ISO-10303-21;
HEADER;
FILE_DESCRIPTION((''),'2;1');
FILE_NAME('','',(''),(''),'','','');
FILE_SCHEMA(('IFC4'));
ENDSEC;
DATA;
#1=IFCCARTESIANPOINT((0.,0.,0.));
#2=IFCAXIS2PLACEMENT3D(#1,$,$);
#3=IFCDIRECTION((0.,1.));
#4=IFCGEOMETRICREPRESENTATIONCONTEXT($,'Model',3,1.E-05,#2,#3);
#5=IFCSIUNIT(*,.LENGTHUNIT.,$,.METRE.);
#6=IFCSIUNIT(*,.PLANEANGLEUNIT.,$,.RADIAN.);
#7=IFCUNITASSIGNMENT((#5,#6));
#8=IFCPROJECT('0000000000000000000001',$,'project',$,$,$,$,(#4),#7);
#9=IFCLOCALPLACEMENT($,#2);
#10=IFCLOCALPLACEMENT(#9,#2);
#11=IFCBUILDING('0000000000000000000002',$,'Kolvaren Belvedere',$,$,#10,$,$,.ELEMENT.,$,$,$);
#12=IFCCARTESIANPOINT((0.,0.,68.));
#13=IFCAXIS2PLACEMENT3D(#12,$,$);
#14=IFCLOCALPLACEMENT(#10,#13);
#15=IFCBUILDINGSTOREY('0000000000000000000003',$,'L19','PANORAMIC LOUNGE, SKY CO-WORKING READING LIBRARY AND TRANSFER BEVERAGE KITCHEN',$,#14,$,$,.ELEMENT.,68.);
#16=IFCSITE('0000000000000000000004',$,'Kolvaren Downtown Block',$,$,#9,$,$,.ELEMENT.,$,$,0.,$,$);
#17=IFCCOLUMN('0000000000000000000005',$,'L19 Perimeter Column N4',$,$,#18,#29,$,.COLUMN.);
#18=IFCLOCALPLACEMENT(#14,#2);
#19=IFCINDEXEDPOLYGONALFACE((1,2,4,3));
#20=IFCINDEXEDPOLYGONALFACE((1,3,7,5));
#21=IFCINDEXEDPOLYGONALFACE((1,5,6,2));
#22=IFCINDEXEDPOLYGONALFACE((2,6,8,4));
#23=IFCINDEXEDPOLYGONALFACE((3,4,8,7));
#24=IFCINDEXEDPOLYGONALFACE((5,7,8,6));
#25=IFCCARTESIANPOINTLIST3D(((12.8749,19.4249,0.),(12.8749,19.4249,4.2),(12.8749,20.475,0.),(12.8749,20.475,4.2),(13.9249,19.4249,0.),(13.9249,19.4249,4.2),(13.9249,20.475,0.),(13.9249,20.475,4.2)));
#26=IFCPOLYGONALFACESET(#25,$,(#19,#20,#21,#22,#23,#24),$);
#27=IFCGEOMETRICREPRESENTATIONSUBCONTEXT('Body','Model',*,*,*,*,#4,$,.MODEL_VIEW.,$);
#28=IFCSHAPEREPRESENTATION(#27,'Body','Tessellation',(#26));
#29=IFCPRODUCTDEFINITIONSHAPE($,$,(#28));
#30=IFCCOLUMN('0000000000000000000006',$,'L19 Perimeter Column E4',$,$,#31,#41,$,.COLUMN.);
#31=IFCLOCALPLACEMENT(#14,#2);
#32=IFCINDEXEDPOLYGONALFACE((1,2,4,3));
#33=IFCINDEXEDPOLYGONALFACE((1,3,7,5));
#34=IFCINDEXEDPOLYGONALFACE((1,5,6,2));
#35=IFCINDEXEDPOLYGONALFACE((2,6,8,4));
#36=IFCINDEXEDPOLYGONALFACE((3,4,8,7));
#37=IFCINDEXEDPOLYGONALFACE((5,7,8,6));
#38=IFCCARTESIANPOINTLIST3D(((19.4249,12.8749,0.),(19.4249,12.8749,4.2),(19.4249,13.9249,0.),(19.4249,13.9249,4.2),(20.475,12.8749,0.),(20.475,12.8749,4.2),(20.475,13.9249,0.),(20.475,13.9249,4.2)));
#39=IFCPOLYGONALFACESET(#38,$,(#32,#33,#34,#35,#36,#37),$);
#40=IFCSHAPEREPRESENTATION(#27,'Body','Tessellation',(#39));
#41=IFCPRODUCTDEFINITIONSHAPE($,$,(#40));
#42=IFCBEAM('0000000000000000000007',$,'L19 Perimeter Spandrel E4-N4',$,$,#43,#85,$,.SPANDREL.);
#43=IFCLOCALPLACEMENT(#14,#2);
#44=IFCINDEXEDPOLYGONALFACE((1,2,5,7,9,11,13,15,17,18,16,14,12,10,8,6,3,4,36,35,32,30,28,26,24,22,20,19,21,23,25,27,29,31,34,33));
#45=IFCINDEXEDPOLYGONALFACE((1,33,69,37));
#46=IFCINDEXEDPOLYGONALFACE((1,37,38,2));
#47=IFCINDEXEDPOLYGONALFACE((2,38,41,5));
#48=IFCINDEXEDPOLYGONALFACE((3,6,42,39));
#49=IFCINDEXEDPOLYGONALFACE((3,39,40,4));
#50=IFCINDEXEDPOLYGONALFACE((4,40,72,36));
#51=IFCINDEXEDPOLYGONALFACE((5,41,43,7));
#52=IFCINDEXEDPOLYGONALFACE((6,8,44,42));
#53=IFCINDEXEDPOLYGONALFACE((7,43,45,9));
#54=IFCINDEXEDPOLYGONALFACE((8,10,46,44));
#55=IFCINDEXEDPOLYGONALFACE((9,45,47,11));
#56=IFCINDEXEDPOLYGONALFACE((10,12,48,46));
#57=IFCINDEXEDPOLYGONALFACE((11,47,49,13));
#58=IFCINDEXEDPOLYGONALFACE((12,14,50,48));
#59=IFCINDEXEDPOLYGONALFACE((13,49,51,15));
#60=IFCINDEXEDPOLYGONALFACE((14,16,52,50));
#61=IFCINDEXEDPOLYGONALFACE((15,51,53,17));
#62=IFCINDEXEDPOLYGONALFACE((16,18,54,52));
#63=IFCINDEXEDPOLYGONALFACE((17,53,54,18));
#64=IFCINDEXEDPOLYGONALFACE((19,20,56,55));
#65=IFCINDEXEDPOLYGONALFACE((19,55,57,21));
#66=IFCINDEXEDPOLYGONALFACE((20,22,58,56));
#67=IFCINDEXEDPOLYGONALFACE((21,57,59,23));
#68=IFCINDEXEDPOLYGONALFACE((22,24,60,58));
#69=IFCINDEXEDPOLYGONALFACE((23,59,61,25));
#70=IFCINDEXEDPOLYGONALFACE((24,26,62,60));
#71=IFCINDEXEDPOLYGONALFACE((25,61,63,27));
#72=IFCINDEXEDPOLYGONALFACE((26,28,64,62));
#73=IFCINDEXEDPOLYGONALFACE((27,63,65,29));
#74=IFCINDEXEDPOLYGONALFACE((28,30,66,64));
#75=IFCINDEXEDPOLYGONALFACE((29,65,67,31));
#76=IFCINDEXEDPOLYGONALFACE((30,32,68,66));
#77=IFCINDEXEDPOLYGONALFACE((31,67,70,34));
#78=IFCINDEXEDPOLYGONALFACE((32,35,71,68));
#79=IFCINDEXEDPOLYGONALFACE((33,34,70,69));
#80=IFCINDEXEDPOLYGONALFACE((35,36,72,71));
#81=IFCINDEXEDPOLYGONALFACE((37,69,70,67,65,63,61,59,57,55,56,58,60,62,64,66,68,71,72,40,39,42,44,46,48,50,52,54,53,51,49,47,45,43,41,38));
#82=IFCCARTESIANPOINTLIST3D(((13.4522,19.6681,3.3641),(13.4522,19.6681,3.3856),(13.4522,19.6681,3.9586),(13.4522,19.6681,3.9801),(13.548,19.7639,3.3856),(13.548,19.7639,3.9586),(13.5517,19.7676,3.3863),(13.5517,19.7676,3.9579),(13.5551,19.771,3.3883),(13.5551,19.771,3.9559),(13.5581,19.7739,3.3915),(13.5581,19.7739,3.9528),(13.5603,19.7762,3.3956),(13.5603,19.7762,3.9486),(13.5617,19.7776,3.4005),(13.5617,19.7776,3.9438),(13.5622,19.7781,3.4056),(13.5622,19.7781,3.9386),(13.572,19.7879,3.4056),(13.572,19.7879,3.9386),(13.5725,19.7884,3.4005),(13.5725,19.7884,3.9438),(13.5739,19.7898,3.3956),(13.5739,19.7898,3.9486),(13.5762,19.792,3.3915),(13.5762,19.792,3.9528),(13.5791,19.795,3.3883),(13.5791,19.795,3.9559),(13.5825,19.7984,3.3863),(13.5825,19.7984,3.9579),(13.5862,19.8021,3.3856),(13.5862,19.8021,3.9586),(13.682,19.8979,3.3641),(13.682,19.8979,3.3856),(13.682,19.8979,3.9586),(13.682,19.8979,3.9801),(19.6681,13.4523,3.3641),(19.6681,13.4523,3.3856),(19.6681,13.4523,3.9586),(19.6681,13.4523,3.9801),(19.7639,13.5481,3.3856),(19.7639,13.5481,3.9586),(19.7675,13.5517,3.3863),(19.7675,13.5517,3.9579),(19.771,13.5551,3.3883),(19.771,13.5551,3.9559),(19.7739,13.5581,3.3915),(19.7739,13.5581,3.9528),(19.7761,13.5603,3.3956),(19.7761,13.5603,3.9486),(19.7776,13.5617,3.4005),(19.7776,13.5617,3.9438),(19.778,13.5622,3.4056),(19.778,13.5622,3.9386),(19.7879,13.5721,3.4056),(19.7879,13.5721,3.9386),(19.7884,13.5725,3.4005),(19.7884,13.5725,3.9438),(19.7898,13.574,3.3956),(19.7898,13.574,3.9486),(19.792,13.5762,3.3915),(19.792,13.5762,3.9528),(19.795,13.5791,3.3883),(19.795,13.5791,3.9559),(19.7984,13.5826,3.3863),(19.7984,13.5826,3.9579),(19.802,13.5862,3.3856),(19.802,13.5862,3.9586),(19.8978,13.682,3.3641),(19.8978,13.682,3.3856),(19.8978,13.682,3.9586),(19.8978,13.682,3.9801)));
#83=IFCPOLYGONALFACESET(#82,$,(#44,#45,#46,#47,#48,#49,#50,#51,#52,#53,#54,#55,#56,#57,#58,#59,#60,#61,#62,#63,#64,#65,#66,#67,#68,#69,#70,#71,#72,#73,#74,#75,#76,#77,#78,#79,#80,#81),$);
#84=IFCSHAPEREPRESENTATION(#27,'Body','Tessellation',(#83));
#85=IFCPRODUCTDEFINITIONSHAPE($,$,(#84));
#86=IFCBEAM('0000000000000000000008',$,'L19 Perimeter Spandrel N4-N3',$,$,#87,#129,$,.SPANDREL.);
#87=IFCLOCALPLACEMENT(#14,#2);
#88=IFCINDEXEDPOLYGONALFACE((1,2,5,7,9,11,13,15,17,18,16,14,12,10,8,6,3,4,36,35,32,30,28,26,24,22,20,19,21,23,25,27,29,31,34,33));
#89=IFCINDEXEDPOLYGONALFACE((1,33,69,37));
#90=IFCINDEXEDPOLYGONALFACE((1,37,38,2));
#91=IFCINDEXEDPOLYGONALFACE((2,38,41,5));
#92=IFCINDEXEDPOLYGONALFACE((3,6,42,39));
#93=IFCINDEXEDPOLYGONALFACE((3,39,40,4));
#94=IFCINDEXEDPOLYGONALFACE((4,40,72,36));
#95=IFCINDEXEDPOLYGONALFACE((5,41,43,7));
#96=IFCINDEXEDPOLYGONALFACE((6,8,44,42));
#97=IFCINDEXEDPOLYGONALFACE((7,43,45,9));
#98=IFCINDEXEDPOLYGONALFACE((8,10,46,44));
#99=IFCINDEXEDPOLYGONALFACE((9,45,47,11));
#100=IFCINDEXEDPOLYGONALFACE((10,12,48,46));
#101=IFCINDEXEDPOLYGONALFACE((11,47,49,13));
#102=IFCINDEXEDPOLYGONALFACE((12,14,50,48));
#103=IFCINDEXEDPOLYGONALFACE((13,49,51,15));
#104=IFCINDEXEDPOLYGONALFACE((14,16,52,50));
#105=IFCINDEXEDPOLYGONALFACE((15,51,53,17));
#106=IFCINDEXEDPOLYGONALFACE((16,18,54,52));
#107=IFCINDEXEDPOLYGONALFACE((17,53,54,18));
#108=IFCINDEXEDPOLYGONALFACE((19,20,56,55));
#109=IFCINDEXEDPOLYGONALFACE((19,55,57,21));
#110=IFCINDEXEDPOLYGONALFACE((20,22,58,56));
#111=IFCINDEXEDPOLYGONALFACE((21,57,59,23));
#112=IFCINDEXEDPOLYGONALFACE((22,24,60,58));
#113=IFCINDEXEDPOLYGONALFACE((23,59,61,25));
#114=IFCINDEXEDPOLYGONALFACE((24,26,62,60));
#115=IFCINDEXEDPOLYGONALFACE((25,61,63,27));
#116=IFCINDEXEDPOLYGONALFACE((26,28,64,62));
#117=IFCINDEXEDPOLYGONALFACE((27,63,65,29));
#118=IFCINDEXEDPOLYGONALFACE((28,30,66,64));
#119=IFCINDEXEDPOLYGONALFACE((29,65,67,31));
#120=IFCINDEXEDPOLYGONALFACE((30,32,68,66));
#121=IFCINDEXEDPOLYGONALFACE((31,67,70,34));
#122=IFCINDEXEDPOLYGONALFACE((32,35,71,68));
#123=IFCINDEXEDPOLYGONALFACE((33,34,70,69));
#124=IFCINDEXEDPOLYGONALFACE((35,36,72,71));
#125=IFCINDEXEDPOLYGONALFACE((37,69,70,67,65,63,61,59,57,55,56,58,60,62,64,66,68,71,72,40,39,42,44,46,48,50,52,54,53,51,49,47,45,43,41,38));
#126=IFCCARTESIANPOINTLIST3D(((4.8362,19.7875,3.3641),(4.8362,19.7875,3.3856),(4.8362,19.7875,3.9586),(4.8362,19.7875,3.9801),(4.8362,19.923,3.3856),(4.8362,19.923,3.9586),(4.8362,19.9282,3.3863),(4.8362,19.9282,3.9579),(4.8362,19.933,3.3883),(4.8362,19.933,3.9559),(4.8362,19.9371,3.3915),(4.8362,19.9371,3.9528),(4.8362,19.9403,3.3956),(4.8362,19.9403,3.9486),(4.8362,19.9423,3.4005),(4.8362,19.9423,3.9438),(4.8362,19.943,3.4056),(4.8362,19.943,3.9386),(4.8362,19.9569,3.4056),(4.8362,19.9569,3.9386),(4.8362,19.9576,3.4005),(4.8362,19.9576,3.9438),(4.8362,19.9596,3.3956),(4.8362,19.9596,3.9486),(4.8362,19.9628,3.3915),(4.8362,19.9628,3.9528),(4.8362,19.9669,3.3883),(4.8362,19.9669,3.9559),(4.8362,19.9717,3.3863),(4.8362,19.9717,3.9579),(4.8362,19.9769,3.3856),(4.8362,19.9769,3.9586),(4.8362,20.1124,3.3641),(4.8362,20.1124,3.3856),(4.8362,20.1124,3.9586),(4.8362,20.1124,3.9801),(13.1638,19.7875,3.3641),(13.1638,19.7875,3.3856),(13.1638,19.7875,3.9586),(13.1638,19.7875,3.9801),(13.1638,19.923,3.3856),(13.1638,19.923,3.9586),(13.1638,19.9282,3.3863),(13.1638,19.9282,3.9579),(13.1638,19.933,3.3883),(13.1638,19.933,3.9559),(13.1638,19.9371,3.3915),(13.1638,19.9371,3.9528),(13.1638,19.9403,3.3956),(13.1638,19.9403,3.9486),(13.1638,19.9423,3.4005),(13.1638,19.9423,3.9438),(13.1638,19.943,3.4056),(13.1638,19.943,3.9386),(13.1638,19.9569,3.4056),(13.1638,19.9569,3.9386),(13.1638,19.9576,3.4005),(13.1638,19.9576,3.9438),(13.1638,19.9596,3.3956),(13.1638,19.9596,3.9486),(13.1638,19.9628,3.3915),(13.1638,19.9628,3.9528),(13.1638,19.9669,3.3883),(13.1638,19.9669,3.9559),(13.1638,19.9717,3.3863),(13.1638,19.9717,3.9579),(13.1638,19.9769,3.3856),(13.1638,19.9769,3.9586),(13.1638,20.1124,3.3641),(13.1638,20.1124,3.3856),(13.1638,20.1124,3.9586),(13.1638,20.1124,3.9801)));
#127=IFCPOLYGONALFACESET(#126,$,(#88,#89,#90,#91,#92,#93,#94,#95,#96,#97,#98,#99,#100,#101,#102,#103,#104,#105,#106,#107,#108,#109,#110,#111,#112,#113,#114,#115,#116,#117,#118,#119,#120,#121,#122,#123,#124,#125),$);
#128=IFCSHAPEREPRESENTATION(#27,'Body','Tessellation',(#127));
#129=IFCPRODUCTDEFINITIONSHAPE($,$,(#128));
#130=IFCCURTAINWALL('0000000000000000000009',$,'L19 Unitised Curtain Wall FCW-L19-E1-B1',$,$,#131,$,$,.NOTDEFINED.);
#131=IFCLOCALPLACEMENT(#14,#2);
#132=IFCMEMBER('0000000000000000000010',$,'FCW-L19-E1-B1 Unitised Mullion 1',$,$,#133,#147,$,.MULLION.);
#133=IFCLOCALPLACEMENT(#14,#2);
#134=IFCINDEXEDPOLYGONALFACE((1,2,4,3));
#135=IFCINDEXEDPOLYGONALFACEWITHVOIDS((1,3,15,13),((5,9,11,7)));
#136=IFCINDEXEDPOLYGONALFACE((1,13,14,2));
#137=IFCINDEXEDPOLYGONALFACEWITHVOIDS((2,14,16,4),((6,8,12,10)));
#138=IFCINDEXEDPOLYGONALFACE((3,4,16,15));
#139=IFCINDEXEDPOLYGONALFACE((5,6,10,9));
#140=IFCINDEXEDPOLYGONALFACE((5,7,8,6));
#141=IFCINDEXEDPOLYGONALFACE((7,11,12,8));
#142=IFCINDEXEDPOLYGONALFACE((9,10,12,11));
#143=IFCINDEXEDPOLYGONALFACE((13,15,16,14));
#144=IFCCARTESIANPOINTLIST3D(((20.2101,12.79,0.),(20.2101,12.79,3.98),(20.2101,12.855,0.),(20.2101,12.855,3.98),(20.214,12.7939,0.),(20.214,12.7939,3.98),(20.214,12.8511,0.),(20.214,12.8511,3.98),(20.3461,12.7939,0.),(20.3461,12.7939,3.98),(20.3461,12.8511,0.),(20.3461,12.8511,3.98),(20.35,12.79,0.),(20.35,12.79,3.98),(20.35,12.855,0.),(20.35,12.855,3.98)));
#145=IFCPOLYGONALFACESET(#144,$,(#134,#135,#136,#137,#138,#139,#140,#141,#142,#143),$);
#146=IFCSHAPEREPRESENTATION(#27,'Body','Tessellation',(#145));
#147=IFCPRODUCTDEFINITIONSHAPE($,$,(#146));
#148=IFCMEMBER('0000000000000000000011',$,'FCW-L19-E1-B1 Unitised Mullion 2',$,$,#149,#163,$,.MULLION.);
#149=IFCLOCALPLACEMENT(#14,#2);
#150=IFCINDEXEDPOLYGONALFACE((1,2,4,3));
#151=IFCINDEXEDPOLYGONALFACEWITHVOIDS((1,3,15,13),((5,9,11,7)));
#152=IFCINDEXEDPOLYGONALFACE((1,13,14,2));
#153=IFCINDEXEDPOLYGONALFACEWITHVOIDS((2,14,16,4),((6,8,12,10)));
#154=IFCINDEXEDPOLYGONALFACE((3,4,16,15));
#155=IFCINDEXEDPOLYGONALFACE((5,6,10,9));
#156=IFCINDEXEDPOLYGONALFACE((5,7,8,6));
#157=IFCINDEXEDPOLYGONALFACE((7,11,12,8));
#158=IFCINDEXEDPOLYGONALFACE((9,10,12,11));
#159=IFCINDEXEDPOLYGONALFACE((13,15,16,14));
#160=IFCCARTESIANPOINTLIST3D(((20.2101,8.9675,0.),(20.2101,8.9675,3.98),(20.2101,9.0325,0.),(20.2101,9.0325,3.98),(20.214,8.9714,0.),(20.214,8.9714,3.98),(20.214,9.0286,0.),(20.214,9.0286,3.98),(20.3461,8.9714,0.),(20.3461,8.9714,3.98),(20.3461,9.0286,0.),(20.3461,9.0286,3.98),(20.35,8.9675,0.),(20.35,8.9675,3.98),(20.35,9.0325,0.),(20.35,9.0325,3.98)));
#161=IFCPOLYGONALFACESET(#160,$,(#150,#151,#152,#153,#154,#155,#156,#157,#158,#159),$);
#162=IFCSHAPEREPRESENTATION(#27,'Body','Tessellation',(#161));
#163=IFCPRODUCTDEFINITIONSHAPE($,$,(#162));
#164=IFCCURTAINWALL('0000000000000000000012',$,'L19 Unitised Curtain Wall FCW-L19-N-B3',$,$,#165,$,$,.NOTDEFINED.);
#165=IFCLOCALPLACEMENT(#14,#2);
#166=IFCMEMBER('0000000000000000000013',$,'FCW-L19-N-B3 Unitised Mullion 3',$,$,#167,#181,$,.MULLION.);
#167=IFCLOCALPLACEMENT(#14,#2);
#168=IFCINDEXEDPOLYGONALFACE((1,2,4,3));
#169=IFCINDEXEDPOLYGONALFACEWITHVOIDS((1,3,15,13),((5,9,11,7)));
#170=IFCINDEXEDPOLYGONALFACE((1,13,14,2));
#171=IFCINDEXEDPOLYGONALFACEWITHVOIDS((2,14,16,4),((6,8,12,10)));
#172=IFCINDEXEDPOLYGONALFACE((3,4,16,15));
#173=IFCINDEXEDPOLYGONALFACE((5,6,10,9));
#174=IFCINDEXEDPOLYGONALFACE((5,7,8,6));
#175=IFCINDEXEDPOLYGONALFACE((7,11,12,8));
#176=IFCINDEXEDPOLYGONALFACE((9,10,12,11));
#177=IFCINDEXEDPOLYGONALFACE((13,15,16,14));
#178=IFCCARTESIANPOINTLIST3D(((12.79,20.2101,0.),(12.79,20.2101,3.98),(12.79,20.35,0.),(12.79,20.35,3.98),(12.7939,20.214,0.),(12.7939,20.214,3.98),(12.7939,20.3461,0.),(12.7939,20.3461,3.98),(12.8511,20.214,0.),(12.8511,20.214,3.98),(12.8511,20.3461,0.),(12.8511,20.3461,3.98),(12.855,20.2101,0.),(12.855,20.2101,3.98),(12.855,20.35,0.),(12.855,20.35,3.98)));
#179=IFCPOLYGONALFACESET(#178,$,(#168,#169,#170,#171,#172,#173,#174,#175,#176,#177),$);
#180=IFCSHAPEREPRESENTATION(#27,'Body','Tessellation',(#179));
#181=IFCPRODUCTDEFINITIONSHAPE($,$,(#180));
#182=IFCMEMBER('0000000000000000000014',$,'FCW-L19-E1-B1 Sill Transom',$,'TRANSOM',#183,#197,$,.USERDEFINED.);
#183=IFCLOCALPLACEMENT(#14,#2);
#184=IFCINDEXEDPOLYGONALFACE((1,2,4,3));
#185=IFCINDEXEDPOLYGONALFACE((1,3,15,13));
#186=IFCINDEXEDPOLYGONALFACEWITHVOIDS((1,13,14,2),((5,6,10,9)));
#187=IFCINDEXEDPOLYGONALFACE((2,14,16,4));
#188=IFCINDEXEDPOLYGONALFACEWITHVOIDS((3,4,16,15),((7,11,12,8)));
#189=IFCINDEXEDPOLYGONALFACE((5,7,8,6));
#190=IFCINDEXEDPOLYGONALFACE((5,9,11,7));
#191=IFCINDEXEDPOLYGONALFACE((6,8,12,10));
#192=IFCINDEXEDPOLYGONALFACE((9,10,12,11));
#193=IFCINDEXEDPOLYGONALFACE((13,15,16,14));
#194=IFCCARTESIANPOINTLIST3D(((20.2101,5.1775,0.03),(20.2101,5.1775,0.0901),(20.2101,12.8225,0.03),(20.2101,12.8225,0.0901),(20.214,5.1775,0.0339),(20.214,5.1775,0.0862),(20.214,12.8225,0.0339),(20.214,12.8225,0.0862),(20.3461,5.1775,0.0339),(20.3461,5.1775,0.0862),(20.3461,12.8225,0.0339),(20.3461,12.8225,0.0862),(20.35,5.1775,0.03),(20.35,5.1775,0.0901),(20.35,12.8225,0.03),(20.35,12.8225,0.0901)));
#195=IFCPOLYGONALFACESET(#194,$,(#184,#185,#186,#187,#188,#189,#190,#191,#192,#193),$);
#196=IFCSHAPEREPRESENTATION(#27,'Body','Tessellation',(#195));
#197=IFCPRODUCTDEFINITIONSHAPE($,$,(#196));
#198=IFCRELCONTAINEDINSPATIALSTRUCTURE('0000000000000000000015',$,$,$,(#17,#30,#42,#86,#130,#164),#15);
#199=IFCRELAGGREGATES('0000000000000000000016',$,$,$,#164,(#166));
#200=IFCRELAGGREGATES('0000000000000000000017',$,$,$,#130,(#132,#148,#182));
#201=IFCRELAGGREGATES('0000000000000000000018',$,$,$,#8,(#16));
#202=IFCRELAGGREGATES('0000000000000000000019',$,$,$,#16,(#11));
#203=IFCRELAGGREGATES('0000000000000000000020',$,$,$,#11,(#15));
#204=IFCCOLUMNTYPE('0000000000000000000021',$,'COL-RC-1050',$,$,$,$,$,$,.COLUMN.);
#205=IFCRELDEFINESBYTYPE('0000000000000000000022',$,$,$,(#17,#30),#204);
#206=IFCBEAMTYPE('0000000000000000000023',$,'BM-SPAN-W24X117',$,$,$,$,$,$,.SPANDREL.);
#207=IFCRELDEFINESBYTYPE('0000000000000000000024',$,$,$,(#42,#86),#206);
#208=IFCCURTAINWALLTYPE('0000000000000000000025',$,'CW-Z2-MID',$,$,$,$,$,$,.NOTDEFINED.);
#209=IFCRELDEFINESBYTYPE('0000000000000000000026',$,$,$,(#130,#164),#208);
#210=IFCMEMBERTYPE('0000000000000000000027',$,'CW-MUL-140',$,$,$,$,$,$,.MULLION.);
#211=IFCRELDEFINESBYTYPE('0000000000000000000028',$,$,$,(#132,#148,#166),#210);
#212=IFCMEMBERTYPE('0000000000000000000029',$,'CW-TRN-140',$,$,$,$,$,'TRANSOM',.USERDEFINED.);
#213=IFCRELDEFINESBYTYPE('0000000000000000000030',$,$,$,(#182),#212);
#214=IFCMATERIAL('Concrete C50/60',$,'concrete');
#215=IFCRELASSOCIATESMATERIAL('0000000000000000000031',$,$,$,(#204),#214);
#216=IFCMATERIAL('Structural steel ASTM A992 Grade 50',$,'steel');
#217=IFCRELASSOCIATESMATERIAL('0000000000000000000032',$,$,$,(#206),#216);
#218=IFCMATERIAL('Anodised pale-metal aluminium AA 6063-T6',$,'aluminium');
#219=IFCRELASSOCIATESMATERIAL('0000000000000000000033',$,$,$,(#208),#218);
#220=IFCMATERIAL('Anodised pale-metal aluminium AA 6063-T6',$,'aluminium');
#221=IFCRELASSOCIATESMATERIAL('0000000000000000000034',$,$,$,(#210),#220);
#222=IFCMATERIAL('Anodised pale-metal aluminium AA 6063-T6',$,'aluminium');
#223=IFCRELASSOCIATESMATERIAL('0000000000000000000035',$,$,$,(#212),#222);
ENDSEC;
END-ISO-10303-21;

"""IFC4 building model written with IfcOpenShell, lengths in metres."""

from ifc_helpers import new_model, si_unit, direction, frame, origin, origin_2d, place, context, subcontext, project, spatial, rectangle, hollow_rectangle, i_section, extrude, material, material_profile, profile_set, type_object, element, aggregate, save


model = new_model("IFC4")

# Units and contexts
model_context = context("Model", 3, precision=1e-05, world=origin(), true_north=direction((0.0, 1.0)))
body_context = subcontext(model_context, "Body", "Model", "MODEL_VIEW")
ifc_project = project(units=[si_unit("LENGTHUNIT", "METRE"), si_unit("PLANEANGLEUNIT", "RADIAN")], contexts=[model_context])

# Site, building, storey
site_placement = place(None, origin())
site = spatial("IfcSite", under=ifc_project, at=site_placement, Name="Kolvaren Downtown Block", CompositionType="ELEMENT", RefElevation=0.0)
building_placement = place(site_placement, origin())
building = spatial("IfcBuilding", under=site, at=building_placement, Name="Kolvaren Belvedere", CompositionType="ELEMENT")
storey_placement = place(building_placement, frame((0.0, 0.0, 68.0)))
storey = spatial("IfcBuildingStorey", under=building, at=storey_placement, Name="L19", Description="PANORAMIC LOUNGE, SKY CO-WORKING READING LIBRARY AND TRANSFER BEVERAGE KITCHEN", CompositionType="ELEMENT", Elevation=68.0)

# Columns
ifc_material_1 = material(Name="Concrete C50/60", Category="concrete")
ifc_material_profile_1 = material_profile(ifc_material_1, rectangle(XDim=1.05, YDim=1.05, at=origin_2d()), Name="RC 1050X1050")
ifc_profile_set_1 = profile_set([ifc_material_profile_1], Name="Concrete C50/60")
column_type = type_object("IfcColumnType", Name="COL-RC-1050", PredefinedType="COLUMN", material=ifc_profile_set_1)
for number, where, z_axis, x_axis, name in (
    (1, (13.3999, 19.95, 0.0), (0.0, 0.0, 1.0), (1.0, 0.0, 0.0), "L19 Perimeter Column N4"),
    (2, (19.95, 13.3999, 0.0), (0.0, 0.0, 1.0), (1.0, 0.0, 0.0), "L19 Perimeter Column E4"),
):
    element("IfcColumn", number, at=place(storey_placement, frame(where, z_axis=z_axis, x_axis=x_axis)), inside=storey, type_object=column_type, Name=name, PredefinedType="COLUMN", context=body_context, shape_type="SweptSolid", body=[
        extrude(rectangle(XDim=1.05, YDim=1.05, at=origin_2d()), origin(), (0.0, 0.0, 1.0), 4.2),
    ])

# Beams
ifc_material_2 = material(Name="Structural steel ASTM A992 Grade 50", Category="steel")
ifc_material_profile_2 = material_profile(ifc_material_2, i_section(OverallWidth=0.325, OverallDepth=0.616, WebThickness=0.0139, FlangeThickness=0.0215, FilletRadius=0.02, at=origin_2d()), Name="W24X117")
ifc_profile_set_2 = profile_set([ifc_material_profile_2], Name="Structural steel ASTM A992 Grade 50")
beam_type = type_object("IfcBeamType", Name="BM-SPAN-W24X117", PredefinedType="SPANDREL", material=ifc_profile_set_2)
beam_1_placement = place(storey_placement, frame((19.783, 13.5671, 3.6721), z_axis=(-0.707107, 0.707107, 0.0), x_axis=(-0.707107, -0.707107, 0.0)))
element("IfcBeam", 3, at=beam_1_placement, inside=storey, type_object=beam_type, Name="L19 Perimeter Spandrel E4-N4", PredefinedType="SPANDREL", context=body_context, shape_type="SweptSolid", body=[
    extrude(i_section(OverallWidth=0.325, OverallDepth=0.616, WebThickness=0.0139, FlangeThickness=0.0215, FilletRadius=0.02, at=origin_2d()), origin(), (0.0, 0.0, 1.0), 8.7905),
])
beam_2_placement = place(storey_placement, frame((13.1638, 19.95, 3.6721), z_axis=(-1.0, 0.0, 0.0), x_axis=(0.0, -1.0, 0.0)))
element("IfcBeam", 4, at=beam_2_placement, inside=storey, type_object=beam_type, Name="L19 Perimeter Spandrel N4-N3", PredefinedType="SPANDREL", context=body_context, shape_type="SweptSolid", body=[
    extrude(i_section(OverallWidth=0.325, OverallDepth=0.616, WebThickness=0.0139, FlangeThickness=0.0215, FilletRadius=0.02, at=origin_2d()), origin(), (0.0, 0.0, 1.0), 8.3276),
])

# Curtain wall, members
ifc_material_3 = material(Name="Anodised pale-metal aluminium AA 6063-T6", Category="aluminium")
curtain_wall_type = type_object("IfcCurtainWallType", Name="CW-Z2-MID", PredefinedType="NOTDEFINED", material=ifc_material_3)
curtain_wall_1_placement = place(storey_placement, origin())
curtain_wall_1 = element("IfcCurtainWall", 5, at=curtain_wall_1_placement, inside=storey, type_object=curtain_wall_type, Name="L19 Unitised Curtain Wall FCW-L19-E1-B1", PredefinedType="NOTDEFINED")
ifc_material_4 = material(Name="Anodised pale-metal aluminium AA 6063-T6", Category="aluminium")
ifc_material_profile_3 = material_profile(ifc_material_4, hollow_rectangle(XDim=0.0649, YDim=0.1399, WallThickness=0.0039, at=origin_2d()), Name="ALU-MUL-140X65")
ifc_profile_set_3 = profile_set([ifc_material_profile_3], Name="Anodised pale-metal aluminium AA 6063-T6")
member_type_1 = type_object("IfcMemberType", Name="CW-MUL-140", PredefinedType="MULLION", material=ifc_profile_set_3)
member_1_placement = place(storey_placement, frame((20.28, 12.8225, 0.0), z_axis=(0.0, 0.0, 1.0), x_axis=(0.0, 1.0, 0.0)))
member_1 = element("IfcMember", 6, at=member_1_placement, type_object=member_type_1, Name="FCW-L19-E1-B1 Unitised Mullion 1", PredefinedType="MULLION", context=body_context, shape_type="SweptSolid", body=[
    extrude(hollow_rectangle(XDim=0.0649, YDim=0.1399, WallThickness=0.0039, at=origin_2d()), origin(), (0.0, 0.0, 1.0), 3.98),
])
member_2_placement = place(storey_placement, frame((20.28, 9.0, 0.0), z_axis=(0.0, 0.0, 1.0), x_axis=(0.0, 1.0, 0.0)))
member_2 = element("IfcMember", 7, at=member_2_placement, type_object=member_type_1, Name="FCW-L19-E1-B1 Unitised Mullion 2", PredefinedType="MULLION", context=body_context, shape_type="SweptSolid", body=[
    extrude(hollow_rectangle(XDim=0.0649, YDim=0.1399, WallThickness=0.0039, at=origin_2d()), origin(), (0.0, 0.0, 1.0), 3.98),
])

# Curtain wall, member
curtain_wall_2_placement = place(storey_placement, origin())
curtain_wall_2 = element("IfcCurtainWall", 8, at=curtain_wall_2_placement, inside=storey, type_object=curtain_wall_type, Name="L19 Unitised Curtain Wall FCW-L19-N-B3", PredefinedType="NOTDEFINED")
member_3_placement = place(storey_placement, frame((12.8225, 20.28, 0.0), z_axis=(0.0, 0.0, 1.0), x_axis=(1.0, 0.0, 0.0)))
member_3 = element("IfcMember", 9, at=member_3_placement, type_object=member_type_1, Name="FCW-L19-N-B3 Unitised Mullion 3", PredefinedType="MULLION", context=body_context, shape_type="SweptSolid", body=[
    extrude(hollow_rectangle(XDim=0.0649, YDim=0.1399, WallThickness=0.0039, at=origin_2d()), origin(), (0.0, 0.0, 1.0), 3.98),
])
aggregate(curtain_wall_2, [member_3])

# Member
ifc_material_5 = material(Name="Anodised pale-metal aluminium AA 6063-T6", Category="aluminium")
ifc_material_profile_4 = material_profile(ifc_material_5, hollow_rectangle(XDim=0.0601, YDim=0.1399, WallThickness=0.0039, at=origin_2d()), Name="ALU-TRN-140X60")
ifc_profile_set_4 = profile_set([ifc_material_profile_4], Name="Anodised pale-metal aluminium AA 6063-T6")
member_type_2 = type_object("IfcMemberType", Name="CW-TRN-140", ElementType="TRANSOM", PredefinedType="USERDEFINED", material=ifc_profile_set_4)
member_4_placement = place(storey_placement, frame((20.28, 12.8225, 0.0601), z_axis=(0.0, -1.0, 0.0), x_axis=(0.0, 0.0, 1.0)))
member_4 = element("IfcMember", 10, at=member_4_placement, type_object=member_type_2, Name="FCW-L19-E1-B1 Sill Transom", ObjectType="TRANSOM", PredefinedType="USERDEFINED", context=body_context, shape_type="SweptSolid", body=[
    extrude(hollow_rectangle(XDim=0.0601, YDim=0.1399, WallThickness=0.0039, at=origin_2d()), origin(), (0.0, 0.0, 1.0), 7.645),
])

aggregate(curtain_wall_1, [member_1, member_2, member_4])

save(model, "model.ifc")
